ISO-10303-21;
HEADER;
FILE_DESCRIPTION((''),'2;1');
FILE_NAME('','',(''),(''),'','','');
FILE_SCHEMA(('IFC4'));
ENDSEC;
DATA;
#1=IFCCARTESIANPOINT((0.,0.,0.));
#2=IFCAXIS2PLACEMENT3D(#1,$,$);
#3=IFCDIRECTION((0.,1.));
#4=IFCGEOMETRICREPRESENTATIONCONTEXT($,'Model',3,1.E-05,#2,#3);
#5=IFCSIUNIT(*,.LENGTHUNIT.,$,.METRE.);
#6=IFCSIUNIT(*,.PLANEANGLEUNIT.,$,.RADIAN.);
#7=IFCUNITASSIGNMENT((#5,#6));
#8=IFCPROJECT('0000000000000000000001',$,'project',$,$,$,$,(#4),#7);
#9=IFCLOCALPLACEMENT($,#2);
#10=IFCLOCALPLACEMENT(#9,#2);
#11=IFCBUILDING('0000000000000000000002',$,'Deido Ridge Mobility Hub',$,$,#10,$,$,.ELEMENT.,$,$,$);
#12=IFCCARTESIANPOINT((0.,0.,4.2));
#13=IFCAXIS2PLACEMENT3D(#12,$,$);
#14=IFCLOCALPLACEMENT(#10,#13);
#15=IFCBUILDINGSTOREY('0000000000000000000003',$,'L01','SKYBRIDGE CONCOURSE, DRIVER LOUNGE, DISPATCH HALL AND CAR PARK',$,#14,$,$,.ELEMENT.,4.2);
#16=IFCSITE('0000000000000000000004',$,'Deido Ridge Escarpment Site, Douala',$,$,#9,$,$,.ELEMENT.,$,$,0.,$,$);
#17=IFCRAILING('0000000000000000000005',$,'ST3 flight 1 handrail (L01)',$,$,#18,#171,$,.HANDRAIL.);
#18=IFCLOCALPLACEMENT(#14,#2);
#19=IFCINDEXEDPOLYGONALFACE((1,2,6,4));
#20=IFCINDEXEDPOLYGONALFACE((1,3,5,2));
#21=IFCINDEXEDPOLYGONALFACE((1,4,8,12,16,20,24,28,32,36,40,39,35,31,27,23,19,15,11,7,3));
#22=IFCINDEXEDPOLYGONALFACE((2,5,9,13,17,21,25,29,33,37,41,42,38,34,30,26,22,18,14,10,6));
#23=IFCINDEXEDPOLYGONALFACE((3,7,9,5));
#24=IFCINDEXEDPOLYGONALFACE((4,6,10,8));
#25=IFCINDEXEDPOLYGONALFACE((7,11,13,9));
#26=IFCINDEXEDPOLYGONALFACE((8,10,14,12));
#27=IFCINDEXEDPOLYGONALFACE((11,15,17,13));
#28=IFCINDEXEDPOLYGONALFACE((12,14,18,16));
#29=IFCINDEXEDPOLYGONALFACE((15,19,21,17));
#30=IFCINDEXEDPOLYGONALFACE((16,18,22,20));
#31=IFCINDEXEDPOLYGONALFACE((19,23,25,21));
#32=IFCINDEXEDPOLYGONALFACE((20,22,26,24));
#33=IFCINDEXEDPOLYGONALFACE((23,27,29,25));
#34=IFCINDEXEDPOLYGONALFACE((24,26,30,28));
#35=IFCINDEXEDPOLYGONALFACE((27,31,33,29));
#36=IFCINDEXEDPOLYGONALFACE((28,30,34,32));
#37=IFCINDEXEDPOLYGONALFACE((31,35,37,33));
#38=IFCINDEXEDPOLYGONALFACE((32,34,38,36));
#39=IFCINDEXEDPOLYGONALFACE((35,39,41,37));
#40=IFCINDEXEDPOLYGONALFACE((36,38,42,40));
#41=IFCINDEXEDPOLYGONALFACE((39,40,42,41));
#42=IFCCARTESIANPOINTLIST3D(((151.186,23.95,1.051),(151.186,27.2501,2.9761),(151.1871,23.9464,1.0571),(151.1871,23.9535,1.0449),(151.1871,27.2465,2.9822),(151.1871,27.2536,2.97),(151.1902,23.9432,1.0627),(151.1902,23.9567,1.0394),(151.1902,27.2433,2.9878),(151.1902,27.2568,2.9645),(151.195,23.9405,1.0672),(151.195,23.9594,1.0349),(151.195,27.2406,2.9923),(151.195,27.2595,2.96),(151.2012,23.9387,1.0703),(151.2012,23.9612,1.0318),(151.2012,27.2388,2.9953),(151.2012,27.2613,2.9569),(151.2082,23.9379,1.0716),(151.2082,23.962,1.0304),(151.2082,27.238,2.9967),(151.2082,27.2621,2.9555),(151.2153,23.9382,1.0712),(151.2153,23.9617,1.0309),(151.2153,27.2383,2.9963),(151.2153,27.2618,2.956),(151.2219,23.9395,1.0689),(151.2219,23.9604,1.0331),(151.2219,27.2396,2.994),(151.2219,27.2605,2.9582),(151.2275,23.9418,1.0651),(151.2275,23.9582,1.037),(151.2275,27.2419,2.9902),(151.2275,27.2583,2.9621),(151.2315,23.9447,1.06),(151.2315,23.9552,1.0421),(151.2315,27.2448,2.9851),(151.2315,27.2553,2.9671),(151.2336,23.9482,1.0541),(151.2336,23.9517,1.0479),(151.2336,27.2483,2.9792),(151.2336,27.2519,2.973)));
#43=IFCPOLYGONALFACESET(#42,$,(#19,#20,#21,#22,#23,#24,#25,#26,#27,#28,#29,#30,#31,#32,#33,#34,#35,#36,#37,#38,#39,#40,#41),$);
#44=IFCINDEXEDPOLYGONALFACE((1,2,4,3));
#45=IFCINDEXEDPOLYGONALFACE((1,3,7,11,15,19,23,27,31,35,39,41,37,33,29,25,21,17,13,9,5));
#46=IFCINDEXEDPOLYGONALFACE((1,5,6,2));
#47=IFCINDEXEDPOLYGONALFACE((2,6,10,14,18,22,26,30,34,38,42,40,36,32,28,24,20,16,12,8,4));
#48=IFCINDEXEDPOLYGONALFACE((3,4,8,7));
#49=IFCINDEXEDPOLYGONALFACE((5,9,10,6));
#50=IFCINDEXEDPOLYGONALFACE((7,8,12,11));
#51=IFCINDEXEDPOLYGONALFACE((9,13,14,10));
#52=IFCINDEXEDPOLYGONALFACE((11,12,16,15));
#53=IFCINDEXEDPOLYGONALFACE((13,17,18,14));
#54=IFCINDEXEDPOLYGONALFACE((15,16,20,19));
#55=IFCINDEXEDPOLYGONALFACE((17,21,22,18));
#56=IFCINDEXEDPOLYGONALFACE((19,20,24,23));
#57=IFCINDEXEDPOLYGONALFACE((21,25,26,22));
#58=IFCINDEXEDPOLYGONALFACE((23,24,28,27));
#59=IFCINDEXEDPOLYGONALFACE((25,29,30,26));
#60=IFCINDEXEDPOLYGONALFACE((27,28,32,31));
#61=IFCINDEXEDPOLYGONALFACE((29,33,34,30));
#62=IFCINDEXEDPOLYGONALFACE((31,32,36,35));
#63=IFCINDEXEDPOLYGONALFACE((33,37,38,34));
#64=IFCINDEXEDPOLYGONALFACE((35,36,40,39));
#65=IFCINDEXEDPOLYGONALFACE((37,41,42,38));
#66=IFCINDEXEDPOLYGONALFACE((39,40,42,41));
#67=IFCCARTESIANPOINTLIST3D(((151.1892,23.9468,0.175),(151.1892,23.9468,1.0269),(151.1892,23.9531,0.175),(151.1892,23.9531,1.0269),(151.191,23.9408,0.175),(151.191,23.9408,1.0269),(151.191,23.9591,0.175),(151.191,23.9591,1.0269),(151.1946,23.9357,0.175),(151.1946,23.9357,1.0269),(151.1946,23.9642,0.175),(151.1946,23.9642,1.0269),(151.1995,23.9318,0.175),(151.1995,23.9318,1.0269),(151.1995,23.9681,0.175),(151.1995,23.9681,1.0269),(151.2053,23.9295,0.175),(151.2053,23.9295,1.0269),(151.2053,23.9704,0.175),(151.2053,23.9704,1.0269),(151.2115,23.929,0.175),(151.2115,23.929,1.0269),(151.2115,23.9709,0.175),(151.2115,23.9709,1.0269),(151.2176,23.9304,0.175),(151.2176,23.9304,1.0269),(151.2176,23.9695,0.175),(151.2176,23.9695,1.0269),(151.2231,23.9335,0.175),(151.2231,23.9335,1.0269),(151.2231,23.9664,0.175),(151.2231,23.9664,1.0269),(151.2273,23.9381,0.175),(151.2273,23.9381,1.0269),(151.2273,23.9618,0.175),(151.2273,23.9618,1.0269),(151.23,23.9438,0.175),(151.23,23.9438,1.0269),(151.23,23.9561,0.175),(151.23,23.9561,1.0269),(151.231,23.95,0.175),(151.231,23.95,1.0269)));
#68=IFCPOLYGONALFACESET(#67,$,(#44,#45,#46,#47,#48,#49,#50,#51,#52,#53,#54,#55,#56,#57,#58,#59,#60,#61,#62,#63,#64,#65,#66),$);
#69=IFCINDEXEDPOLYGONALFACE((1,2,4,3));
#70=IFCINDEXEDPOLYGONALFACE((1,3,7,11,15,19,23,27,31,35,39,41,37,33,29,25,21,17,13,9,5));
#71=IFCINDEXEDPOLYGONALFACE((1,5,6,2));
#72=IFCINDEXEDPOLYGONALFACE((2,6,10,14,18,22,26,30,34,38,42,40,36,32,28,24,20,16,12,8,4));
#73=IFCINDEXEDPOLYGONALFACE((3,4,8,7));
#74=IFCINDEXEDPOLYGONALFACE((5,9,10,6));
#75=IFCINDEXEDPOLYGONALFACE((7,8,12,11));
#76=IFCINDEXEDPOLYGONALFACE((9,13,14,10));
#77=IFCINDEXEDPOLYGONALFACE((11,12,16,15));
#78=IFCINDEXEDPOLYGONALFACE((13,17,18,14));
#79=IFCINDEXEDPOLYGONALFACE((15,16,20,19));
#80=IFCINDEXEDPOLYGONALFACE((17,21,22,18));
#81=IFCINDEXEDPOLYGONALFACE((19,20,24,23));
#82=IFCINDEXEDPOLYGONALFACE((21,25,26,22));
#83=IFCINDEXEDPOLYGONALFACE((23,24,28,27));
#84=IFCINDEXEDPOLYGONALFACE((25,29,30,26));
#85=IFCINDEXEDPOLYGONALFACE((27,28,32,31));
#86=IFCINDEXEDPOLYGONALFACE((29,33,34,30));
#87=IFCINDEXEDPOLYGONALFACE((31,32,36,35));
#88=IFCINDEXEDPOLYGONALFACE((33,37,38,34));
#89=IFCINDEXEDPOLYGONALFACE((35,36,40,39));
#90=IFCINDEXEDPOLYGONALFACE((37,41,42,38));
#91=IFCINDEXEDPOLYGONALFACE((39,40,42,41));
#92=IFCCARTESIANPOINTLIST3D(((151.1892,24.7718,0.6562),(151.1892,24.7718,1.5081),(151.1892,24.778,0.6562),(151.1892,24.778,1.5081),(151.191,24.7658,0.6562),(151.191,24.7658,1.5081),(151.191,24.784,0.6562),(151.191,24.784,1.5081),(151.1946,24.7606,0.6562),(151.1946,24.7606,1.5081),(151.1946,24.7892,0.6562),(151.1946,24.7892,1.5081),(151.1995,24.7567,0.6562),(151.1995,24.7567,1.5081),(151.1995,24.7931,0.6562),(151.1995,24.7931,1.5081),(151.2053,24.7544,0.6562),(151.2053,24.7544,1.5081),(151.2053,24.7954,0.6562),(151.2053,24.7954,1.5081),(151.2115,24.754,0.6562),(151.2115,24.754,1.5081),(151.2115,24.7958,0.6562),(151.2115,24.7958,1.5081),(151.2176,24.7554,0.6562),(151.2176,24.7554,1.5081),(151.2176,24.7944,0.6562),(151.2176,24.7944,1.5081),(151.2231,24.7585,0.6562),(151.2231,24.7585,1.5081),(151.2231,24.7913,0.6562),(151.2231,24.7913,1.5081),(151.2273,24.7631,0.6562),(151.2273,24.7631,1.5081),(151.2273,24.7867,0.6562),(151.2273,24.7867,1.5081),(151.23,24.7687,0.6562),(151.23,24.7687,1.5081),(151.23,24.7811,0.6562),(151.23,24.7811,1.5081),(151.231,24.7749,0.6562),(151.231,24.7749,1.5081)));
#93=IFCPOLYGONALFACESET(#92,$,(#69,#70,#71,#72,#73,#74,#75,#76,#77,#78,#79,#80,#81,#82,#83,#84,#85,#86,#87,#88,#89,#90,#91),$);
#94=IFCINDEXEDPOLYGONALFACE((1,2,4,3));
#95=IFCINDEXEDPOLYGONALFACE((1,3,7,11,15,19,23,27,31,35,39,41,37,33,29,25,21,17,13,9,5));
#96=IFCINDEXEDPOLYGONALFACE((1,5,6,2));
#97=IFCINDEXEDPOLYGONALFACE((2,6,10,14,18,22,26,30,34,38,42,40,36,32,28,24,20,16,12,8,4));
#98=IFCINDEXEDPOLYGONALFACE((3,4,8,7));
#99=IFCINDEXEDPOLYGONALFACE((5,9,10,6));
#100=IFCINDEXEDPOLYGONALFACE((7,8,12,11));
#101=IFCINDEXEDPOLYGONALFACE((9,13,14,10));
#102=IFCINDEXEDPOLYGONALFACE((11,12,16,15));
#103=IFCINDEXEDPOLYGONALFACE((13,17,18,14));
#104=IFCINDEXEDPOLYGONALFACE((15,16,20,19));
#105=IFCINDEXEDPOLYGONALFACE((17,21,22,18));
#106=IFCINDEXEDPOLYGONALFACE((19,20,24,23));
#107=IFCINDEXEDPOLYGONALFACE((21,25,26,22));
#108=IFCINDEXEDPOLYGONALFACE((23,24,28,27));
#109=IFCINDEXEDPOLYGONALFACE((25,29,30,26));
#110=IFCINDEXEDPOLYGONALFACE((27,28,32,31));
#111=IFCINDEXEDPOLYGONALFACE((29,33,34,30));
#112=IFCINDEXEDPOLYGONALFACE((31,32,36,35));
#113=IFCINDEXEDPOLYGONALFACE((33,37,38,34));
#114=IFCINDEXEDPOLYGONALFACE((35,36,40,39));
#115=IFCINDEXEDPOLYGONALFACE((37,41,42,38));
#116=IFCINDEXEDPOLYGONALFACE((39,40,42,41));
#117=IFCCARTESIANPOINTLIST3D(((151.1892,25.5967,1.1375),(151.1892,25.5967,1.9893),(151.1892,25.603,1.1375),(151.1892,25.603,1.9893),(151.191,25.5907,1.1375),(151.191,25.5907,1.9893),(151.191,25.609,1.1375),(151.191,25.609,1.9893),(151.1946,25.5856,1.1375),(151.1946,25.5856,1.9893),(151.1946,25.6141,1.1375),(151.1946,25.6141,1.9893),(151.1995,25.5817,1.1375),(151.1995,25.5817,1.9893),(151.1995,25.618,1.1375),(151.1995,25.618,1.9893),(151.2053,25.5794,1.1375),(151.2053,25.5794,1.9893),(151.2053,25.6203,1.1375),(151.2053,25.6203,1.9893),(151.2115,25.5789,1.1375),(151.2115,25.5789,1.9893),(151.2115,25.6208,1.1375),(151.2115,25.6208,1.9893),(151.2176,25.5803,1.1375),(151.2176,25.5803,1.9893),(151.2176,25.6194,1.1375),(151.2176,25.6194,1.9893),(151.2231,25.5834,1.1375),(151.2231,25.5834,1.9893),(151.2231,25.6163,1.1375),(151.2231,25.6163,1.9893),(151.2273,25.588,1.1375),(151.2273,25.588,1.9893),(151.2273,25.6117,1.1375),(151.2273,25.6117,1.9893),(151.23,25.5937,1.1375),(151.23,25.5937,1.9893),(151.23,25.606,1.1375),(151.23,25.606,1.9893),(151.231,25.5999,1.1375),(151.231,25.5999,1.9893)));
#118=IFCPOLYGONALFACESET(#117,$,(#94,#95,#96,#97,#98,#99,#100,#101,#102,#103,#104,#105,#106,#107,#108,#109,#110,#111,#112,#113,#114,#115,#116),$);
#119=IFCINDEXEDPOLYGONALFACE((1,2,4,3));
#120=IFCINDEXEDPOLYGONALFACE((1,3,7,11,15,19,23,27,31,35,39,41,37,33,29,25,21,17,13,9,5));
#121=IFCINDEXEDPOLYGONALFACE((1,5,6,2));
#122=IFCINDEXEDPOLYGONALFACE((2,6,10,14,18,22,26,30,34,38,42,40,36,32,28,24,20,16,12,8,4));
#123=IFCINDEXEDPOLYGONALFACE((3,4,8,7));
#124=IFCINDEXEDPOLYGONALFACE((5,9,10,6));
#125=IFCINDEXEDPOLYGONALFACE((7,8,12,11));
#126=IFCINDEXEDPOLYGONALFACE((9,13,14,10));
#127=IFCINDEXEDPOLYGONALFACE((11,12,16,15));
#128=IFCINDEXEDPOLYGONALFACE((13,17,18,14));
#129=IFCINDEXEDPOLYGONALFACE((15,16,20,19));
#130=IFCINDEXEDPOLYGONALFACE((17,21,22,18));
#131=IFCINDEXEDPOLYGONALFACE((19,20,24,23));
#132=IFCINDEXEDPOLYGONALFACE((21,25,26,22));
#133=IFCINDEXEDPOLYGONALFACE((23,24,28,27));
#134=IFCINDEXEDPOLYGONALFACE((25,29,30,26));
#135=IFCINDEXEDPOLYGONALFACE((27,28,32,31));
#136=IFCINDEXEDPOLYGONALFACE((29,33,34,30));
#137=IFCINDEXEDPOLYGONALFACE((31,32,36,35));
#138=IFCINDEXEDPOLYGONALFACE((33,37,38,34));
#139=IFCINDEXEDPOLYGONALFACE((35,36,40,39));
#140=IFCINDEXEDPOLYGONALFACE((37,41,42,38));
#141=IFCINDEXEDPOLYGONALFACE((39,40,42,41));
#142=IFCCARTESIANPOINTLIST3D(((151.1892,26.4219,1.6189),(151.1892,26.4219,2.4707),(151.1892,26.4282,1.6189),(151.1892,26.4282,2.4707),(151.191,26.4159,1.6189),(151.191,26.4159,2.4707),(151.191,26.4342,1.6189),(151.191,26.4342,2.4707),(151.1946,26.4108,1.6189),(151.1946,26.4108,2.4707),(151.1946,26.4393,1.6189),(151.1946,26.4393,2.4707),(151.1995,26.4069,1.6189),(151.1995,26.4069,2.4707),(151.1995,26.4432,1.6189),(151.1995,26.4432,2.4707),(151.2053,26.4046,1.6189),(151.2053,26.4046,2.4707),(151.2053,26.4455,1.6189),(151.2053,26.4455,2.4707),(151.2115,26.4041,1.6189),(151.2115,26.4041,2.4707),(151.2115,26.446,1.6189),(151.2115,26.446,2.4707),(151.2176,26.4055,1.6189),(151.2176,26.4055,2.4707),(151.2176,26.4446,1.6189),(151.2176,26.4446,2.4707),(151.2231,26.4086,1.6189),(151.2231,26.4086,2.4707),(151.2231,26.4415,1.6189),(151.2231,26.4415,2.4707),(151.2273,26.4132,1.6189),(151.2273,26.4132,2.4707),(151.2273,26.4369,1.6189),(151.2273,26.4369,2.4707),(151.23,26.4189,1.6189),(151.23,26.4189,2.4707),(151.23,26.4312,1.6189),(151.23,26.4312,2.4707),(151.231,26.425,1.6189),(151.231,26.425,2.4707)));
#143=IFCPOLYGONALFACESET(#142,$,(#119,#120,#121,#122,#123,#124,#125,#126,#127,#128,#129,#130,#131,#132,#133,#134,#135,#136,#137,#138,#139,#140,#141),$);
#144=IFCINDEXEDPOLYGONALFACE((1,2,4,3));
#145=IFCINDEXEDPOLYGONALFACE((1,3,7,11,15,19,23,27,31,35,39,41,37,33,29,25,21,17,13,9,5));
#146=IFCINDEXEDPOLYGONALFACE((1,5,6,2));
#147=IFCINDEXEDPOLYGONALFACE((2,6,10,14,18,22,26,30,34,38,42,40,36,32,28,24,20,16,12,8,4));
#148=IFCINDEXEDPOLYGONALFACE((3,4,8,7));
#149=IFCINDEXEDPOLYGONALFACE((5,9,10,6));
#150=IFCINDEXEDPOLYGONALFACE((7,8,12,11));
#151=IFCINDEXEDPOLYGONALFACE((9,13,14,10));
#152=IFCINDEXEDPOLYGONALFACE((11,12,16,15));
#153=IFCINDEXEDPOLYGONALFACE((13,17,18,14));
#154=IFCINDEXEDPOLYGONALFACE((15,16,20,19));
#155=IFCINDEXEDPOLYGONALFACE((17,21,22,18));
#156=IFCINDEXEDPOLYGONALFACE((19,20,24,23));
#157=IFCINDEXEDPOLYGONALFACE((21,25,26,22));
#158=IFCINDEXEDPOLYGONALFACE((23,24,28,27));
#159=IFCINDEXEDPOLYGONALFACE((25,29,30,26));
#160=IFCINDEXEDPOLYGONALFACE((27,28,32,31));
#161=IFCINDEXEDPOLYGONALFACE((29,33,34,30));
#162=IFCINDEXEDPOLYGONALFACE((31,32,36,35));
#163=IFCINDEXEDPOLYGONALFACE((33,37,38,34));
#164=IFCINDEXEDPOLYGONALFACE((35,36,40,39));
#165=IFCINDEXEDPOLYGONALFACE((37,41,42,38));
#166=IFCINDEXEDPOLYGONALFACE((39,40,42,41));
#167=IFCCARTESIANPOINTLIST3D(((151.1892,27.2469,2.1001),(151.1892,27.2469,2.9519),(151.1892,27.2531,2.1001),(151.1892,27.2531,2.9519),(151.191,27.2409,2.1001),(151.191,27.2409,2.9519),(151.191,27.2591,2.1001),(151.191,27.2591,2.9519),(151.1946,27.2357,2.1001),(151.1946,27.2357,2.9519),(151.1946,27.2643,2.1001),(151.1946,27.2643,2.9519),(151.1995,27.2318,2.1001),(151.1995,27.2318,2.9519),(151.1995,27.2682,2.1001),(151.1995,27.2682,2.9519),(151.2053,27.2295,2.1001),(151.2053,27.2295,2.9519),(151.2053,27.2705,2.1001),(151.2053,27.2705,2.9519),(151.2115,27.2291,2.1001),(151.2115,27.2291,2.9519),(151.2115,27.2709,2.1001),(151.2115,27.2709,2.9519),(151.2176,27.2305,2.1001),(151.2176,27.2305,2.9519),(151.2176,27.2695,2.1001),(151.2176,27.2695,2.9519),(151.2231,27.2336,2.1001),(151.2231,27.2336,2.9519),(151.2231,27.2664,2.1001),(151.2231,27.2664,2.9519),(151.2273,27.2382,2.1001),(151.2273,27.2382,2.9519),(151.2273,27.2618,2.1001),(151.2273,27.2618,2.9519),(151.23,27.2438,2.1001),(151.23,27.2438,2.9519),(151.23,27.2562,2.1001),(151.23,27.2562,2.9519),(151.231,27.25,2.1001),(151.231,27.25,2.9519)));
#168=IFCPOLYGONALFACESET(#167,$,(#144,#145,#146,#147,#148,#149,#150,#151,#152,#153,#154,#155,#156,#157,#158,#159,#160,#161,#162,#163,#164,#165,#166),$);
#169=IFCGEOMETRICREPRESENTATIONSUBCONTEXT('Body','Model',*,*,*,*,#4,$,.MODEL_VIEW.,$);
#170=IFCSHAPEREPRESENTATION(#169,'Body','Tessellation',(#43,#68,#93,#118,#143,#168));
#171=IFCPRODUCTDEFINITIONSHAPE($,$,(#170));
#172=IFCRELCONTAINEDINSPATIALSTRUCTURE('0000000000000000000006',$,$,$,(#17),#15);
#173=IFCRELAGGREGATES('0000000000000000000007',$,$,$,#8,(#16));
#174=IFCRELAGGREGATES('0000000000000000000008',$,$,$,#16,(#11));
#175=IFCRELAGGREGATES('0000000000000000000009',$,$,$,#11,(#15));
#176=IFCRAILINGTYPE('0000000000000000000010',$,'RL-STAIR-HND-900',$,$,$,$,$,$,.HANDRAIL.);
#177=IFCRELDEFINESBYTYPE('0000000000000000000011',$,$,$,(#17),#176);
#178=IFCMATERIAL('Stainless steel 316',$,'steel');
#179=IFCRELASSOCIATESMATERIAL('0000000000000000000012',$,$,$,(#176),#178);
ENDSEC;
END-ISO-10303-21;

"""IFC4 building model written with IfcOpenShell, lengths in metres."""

from ifc_helpers import new_model, si_unit, direction, frame, origin, origin_2d, place, context, subcontext, project, spatial, circle, extrude, material, type_object, element, save


model = new_model("IFC4")

# Units and contexts
model_context = context("Model", 3, precision=1e-05, world=origin(), true_north=direction((0.0, 1.0)))
body_context = subcontext(model_context, "Body", "Model", "MODEL_VIEW")
ifc_project = project(units=[si_unit("LENGTHUNIT", "METRE"), si_unit("PLANEANGLEUNIT", "RADIAN")], contexts=[model_context])

# Site, building, storey
site_placement = place(None, origin())
site = spatial("IfcSite", under=ifc_project, at=site_placement, Name="Deido Ridge Escarpment Site, Douala", CompositionType="ELEMENT", RefElevation=0.0)
building_placement = place(site_placement, origin())
building = spatial("IfcBuilding", under=site, at=building_placement, Name="Deido Ridge Mobility Hub", CompositionType="ELEMENT")
storey_placement = place(building_placement, frame((0.0, 0.0, 4.2)))
storey = spatial("IfcBuildingStorey", under=building, at=storey_placement, Name="L01", Description="SKYBRIDGE CONCOURSE, DRIVER LOUNGE, DISPATCH HALL AND CAR PARK", CompositionType="ELEMENT", Elevation=4.2)

# Shared definitions
ifc_material_1 = material(Name="Stainless steel 316", Category="steel")

# Railing
railing_type_1 = type_object("IfcRailingType", Name="RL-STAIR-HND-900", PredefinedType="HANDRAIL", material=ifc_material_1)
railing_1_placement = place(storey_placement, frame((151.21, 23.95, 0.175)))
element("IfcRailing", 1, at=railing_1_placement, inside=storey, type_object=railing_type_1, Name="ST3 flight 1 handrail (L01)", PredefinedType="HANDRAIL", context=body_context, shape_type="SweptSolid", body=[
    extrude(circle(Radius=0.0239, at=origin_2d()), frame((0.0, 0.0, 0.876), z_axis=(0.0, 0.863777, 0.503875), x_axis=(-1.0, 0.0, 0.0)), (0.0, 0.0, 1.0), 3.8206),
    extrude(circle(Radius=0.021, at=origin_2d()), origin(), (0.0, 0.0, 1.0), 0.8518),
    extrude(circle(Radius=0.021, at=origin_2d()), frame((0.0, 0.825, 0.4812)), (0.0, 0.0, 1.0), 0.8518),
    extrude(circle(Radius=0.021, at=origin_2d()), frame((0.0, 1.6499, 0.9624)), (0.0, 0.0, 1.0), 0.8518),
    extrude(circle(Radius=0.021, at=origin_2d()), frame((0.0, 2.4751, 1.4438)), (0.0, 0.0, 1.0), 0.8518),
    extrude(circle(Radius=0.021, at=origin_2d()), frame((0.0, 3.3, 1.925)), (0.0, 0.0, 1.0), 0.8518),
])

save(model, "model.ifc")
